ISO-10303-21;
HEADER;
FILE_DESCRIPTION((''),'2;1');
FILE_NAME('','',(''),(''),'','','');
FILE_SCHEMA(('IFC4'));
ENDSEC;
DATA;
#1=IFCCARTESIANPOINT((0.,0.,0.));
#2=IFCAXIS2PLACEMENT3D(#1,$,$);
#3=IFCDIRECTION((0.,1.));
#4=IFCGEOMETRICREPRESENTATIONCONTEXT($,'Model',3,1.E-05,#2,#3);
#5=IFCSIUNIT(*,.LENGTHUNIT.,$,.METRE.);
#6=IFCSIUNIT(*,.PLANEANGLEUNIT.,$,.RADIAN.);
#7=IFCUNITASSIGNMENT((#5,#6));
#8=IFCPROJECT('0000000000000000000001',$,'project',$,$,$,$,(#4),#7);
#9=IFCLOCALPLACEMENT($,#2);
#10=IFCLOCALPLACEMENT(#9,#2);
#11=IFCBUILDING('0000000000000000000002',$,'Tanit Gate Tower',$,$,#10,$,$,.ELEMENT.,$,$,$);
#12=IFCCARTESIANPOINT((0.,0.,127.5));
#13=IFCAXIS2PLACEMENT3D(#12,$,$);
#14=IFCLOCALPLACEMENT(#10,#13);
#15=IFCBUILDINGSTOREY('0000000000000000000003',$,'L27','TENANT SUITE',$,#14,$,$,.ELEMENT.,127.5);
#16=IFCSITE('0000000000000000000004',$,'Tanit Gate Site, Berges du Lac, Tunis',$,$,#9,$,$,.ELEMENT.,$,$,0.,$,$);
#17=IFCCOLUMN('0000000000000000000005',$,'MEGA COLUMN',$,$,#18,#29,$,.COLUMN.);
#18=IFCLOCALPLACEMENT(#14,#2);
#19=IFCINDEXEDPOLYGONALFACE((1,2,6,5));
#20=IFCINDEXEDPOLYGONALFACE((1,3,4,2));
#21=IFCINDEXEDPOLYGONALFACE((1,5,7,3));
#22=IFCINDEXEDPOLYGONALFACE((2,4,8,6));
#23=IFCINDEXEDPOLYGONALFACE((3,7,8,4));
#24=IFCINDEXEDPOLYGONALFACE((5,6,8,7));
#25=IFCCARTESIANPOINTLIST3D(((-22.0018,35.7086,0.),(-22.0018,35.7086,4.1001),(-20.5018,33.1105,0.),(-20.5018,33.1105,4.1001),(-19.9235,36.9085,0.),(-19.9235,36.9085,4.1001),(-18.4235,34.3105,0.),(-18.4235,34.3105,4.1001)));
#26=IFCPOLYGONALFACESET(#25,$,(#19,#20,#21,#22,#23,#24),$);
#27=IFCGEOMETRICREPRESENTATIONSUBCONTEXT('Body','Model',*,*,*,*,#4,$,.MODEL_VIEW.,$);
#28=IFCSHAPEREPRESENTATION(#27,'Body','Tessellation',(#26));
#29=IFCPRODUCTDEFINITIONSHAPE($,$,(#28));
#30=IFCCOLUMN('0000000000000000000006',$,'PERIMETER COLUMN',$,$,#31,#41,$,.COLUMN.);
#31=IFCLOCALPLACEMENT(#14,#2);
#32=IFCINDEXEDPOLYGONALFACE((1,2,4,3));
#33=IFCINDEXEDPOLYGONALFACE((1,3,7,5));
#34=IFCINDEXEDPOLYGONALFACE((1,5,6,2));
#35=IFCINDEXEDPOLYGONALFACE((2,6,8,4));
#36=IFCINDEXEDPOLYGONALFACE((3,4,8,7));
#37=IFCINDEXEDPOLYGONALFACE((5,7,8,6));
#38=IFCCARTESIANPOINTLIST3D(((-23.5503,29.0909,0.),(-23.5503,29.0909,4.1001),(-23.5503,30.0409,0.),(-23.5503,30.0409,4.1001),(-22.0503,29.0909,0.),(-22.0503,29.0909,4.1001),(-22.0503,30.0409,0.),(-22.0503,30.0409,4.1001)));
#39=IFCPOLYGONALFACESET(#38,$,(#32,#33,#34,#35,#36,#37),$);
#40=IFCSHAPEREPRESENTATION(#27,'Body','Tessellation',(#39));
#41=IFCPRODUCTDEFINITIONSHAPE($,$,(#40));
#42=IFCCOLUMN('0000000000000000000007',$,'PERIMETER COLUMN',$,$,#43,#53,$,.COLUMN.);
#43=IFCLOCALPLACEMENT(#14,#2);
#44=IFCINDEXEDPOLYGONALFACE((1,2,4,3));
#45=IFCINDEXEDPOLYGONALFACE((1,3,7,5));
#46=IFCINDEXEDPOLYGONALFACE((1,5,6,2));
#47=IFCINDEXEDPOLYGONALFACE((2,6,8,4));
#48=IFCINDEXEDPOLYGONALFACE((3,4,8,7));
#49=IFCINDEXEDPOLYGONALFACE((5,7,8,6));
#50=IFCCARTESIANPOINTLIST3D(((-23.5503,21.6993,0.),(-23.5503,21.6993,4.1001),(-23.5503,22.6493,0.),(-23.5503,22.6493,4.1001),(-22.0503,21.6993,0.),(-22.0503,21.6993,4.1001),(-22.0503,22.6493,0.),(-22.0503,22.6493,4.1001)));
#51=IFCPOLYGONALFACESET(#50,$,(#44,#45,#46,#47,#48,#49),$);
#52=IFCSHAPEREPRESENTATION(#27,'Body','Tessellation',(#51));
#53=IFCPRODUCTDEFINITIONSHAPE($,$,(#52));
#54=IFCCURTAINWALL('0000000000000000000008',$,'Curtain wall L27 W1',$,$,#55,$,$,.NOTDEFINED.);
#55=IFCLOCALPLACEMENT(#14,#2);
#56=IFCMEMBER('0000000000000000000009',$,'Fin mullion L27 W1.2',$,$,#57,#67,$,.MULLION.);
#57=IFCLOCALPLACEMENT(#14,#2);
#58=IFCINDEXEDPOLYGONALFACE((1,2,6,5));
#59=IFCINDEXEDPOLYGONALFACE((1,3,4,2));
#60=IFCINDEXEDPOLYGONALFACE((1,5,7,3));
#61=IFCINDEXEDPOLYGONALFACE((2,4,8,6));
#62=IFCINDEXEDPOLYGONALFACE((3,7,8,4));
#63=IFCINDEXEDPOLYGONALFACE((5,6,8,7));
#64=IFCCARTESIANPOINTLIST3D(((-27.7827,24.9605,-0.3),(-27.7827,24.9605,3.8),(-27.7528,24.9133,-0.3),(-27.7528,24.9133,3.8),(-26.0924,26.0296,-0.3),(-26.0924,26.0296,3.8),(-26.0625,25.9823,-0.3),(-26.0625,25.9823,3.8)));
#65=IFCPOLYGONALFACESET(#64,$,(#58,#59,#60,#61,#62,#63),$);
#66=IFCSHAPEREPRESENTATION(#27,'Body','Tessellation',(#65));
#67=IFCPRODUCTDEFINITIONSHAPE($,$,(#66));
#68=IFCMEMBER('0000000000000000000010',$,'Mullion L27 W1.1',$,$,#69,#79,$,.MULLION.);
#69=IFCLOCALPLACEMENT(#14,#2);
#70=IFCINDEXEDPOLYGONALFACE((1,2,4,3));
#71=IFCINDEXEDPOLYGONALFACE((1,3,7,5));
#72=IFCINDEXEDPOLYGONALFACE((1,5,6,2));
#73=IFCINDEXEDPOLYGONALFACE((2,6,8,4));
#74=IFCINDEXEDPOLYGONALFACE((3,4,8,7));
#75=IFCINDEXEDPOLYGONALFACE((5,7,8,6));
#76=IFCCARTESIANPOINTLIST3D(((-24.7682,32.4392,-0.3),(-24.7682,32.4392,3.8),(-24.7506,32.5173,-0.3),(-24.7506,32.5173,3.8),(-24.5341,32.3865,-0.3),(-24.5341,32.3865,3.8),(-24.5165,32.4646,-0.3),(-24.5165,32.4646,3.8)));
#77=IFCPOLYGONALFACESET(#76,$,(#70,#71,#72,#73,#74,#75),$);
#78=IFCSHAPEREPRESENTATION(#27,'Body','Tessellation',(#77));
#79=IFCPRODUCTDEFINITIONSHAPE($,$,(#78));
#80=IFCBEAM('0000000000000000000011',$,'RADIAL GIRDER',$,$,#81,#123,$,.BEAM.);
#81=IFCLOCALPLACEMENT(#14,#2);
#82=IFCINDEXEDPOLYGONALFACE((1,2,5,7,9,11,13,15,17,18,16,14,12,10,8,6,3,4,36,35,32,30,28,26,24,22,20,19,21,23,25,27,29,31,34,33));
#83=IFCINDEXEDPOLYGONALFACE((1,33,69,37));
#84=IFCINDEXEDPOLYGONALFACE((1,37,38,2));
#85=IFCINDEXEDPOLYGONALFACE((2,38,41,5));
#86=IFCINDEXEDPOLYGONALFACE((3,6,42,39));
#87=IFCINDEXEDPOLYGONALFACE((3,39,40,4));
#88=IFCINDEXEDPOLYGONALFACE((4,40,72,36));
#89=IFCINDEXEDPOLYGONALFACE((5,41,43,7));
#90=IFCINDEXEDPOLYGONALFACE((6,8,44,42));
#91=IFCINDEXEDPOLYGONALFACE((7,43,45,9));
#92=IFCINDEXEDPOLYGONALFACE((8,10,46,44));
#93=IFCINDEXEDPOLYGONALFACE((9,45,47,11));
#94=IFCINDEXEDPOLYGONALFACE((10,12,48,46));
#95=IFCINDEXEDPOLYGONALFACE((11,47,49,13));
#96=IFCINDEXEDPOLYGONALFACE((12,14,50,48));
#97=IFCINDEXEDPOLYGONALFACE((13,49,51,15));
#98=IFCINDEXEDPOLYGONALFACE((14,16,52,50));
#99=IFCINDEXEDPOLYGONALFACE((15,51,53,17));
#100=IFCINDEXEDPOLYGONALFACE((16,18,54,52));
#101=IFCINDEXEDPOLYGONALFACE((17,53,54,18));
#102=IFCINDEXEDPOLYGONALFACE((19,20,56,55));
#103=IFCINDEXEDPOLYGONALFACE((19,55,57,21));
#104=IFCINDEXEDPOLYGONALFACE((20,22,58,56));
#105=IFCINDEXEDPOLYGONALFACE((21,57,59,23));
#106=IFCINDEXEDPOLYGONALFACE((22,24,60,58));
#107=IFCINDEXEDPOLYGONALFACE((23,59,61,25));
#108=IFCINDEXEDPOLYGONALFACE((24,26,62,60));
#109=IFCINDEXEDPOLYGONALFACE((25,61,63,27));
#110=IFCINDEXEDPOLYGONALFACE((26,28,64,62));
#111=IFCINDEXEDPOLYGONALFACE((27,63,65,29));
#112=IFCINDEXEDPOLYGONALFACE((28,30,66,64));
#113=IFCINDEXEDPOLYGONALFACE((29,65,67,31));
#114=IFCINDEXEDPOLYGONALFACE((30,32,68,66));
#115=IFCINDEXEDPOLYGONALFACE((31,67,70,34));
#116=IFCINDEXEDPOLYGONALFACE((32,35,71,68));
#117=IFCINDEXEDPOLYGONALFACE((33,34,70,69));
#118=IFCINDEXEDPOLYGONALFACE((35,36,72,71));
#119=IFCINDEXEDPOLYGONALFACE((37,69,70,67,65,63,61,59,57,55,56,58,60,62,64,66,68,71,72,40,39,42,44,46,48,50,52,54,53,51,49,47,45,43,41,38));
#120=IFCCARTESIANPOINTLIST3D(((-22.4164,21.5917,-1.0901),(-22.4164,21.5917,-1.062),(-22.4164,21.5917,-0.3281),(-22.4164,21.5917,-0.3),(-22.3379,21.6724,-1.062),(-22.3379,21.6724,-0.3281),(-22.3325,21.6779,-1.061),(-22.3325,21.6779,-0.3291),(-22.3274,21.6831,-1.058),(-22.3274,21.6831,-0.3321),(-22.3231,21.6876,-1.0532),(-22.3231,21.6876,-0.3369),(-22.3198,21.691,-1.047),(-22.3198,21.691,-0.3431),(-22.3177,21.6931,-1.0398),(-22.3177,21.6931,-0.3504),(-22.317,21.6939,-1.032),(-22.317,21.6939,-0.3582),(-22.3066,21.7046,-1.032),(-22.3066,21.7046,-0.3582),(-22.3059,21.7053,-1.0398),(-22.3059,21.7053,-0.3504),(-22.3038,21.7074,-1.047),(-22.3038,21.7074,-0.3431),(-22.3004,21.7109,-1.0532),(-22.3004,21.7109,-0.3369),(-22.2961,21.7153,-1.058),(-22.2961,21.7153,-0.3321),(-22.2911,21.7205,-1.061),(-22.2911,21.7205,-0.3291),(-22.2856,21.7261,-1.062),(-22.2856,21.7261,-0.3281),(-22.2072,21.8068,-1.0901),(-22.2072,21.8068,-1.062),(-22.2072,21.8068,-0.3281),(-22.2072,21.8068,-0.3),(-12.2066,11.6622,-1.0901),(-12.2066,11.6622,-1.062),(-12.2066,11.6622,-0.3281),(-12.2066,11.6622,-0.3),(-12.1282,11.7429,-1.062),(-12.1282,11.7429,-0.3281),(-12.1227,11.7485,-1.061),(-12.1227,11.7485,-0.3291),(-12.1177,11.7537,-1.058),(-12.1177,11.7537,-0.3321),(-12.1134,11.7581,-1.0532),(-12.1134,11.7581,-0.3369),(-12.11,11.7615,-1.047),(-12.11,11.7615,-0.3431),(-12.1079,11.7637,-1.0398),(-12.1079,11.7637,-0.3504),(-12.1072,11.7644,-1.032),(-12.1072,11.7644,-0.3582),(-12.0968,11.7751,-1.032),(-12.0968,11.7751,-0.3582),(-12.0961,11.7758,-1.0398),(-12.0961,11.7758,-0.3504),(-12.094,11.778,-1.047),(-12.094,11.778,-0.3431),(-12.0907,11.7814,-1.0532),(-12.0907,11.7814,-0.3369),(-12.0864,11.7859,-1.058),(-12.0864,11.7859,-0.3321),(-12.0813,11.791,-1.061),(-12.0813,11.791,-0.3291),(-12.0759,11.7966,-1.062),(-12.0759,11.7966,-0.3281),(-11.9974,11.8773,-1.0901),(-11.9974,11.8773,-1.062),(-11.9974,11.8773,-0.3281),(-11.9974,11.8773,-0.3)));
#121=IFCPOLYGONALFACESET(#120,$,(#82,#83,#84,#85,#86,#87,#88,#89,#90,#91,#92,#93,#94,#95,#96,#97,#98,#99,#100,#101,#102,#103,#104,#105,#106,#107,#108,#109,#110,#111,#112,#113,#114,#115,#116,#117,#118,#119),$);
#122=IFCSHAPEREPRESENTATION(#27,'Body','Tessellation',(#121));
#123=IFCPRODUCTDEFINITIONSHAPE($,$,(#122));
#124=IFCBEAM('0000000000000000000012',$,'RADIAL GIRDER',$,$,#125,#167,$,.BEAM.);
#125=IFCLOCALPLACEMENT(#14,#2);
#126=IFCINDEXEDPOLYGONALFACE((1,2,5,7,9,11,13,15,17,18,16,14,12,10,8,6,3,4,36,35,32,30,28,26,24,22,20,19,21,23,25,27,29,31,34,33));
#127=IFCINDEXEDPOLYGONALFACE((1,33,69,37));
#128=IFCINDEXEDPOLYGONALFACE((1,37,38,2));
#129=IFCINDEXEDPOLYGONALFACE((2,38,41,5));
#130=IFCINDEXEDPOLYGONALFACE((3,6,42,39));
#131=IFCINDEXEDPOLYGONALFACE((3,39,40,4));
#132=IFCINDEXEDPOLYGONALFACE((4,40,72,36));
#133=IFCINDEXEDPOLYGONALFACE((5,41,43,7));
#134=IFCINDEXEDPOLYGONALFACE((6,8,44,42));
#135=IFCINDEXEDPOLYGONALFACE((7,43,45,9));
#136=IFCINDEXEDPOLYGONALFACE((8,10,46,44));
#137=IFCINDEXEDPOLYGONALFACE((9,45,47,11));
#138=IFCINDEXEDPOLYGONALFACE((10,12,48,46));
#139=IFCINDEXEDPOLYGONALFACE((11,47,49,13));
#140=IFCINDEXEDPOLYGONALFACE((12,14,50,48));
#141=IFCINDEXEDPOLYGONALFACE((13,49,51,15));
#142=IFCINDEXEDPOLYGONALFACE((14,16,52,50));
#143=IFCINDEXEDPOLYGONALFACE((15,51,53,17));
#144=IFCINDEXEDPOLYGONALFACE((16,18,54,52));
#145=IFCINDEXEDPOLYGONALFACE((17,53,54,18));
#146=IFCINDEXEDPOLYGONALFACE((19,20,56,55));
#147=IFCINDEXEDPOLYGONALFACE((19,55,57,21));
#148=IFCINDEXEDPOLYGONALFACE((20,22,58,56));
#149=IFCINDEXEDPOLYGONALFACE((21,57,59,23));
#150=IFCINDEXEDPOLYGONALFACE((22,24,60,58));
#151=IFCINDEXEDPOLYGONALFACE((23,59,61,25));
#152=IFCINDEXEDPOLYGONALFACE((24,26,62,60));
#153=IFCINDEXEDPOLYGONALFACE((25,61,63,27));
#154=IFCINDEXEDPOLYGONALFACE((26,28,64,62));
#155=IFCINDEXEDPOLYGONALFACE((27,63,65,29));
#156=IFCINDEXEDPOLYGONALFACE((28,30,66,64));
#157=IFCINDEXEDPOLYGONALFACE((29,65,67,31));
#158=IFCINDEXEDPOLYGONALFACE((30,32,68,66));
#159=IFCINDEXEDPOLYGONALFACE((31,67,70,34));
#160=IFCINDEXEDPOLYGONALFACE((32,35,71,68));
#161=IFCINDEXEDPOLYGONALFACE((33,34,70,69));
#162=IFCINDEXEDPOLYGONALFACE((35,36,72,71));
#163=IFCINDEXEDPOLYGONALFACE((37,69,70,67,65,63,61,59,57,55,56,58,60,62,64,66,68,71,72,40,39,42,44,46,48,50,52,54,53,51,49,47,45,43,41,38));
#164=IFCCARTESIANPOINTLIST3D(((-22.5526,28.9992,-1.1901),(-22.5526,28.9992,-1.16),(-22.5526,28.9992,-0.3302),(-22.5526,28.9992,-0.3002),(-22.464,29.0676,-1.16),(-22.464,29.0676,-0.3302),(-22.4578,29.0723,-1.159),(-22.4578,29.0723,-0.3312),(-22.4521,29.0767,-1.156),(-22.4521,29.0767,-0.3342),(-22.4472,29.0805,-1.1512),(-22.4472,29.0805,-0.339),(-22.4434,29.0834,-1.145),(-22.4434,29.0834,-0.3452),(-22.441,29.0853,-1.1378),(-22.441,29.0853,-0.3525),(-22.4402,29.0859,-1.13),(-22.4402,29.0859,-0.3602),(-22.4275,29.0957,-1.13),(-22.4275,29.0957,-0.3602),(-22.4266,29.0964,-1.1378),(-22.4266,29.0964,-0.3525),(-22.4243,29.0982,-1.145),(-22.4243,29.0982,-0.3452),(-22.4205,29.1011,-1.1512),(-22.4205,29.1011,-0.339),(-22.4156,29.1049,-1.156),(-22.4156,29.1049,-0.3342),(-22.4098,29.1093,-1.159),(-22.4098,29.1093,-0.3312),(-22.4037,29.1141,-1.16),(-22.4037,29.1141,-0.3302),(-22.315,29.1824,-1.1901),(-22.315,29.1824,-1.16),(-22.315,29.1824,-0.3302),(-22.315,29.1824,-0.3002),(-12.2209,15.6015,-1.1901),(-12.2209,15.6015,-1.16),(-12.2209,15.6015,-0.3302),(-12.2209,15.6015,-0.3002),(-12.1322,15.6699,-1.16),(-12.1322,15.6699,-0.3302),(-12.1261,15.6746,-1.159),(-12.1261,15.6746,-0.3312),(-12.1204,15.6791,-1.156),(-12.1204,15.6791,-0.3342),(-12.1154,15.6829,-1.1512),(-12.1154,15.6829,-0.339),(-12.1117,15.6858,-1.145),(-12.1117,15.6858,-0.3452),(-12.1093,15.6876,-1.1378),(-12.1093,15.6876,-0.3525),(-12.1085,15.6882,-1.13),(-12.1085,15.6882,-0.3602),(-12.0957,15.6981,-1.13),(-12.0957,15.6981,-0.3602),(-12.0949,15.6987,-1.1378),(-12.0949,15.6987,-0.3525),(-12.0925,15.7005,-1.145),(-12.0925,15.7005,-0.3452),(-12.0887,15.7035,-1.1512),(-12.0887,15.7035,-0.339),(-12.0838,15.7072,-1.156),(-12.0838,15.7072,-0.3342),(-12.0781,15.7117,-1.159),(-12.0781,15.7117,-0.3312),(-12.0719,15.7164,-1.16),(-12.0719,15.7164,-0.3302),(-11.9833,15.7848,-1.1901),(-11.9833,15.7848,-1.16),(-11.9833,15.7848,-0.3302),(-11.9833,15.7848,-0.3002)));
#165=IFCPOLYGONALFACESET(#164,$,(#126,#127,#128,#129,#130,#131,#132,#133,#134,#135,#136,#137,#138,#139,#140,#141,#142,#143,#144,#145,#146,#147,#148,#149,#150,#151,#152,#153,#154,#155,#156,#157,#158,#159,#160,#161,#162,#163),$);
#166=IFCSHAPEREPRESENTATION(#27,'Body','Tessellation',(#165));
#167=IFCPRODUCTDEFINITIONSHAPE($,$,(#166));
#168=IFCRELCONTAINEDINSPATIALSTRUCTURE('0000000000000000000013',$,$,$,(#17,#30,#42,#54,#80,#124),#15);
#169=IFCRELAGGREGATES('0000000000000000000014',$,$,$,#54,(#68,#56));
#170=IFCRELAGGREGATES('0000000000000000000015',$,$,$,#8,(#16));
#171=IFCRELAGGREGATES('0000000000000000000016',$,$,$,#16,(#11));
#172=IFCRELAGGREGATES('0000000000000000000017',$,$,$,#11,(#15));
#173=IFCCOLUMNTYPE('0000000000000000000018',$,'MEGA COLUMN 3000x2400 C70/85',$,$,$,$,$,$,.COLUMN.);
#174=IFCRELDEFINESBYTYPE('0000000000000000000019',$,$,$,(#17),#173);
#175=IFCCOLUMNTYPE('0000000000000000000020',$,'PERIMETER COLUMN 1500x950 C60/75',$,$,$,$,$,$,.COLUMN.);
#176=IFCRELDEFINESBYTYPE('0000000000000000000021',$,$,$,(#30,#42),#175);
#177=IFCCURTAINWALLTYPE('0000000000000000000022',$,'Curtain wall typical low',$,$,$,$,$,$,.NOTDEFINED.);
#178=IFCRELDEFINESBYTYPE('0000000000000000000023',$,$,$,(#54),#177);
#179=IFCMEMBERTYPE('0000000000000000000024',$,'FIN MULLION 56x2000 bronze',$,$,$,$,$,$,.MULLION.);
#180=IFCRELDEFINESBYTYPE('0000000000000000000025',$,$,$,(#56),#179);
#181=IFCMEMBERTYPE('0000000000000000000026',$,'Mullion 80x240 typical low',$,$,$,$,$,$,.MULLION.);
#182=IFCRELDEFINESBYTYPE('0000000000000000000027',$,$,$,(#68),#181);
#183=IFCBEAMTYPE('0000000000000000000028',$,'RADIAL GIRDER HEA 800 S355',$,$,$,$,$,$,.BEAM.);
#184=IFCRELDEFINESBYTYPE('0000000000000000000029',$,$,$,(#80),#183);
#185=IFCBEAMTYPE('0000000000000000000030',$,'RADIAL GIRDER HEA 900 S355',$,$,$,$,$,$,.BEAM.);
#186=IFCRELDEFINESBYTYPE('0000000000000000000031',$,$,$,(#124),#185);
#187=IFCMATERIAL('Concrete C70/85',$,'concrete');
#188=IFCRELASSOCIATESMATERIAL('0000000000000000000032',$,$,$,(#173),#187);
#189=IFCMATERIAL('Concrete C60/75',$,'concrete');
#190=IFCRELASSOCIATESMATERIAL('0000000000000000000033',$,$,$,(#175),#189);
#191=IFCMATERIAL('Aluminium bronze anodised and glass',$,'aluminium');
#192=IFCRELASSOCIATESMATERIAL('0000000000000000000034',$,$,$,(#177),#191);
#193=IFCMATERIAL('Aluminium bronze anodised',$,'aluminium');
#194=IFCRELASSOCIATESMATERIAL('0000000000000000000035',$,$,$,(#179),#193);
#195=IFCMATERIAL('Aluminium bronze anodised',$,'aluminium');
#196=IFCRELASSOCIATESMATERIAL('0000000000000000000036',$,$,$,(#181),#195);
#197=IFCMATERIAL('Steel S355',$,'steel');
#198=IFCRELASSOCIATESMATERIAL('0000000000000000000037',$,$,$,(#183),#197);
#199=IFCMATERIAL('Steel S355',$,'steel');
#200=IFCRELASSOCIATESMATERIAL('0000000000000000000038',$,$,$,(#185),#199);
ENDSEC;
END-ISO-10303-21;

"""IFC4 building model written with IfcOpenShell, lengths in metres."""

from ifc_helpers import new_model, si_unit, direction, frame, origin, origin_2d, place, context, subcontext, project, spatial, rectangle, i_section, extrude, material, material_profile, profile_set, type_object, element, aggregate, save


model = new_model("IFC4")

# Units and contexts
model_context = context("Model", 3, precision=1e-05, world=origin(), true_north=direction((0.0, 1.0)))
body_context = subcontext(model_context, "Body", "Model", "MODEL_VIEW")
ifc_project = project(units=[si_unit("LENGTHUNIT", "METRE"), si_unit("PLANEANGLEUNIT", "RADIAN")], contexts=[model_context])

# Site, building, storey
site_placement = place(None, origin())
site = spatial("IfcSite", under=ifc_project, at=site_placement, Name="Tanit Gate Site, Berges du Lac, Tunis", CompositionType="ELEMENT", RefElevation=0.0)
building_placement = place(site_placement, origin())
building = spatial("IfcBuilding", under=site, at=building_placement, Name="Tanit Gate Tower", CompositionType="ELEMENT")
storey_placement = place(building_placement, frame((0.0, 0.0, 127.5)))
storey = spatial("IfcBuildingStorey", under=building, at=storey_placement, Name="L27", Description="TENANT SUITE", CompositionType="ELEMENT", Elevation=127.5)

# Columns
ifc_material_1 = material(Name="Concrete C70/85", Category="concrete")
ifc_material_profile_1 = material_profile(ifc_material_1, rectangle(XDim=3.0, YDim=2.3999, at=origin_2d()), Name="RC 3000x2400")
ifc_profile_set_1 = profile_set([ifc_material_profile_1], Name="Concrete C70/85")
column_type_1 = type_object("IfcColumnType", Name="MEGA COLUMN 3000x2400 C70/85", PredefinedType="COLUMN", material=ifc_profile_set_1)
column_placement = place(storey_placement, frame((-20.2126, 35.0095, 0.0), z_axis=(0.0, 0.0, 1.0), x_axis=(-0.5, 0.866025, 0.0)))
element("IfcColumn", 1, at=column_placement, inside=storey, type_object=column_type_1, Name="MEGA COLUMN", PredefinedType="COLUMN", context=body_context, shape_type="SweptSolid", body=[
    extrude(rectangle(XDim=3.0, YDim=2.3999, at=origin_2d()), origin(), (0.0, 0.0, 1.0), 4.1001),
])
ifc_material_2 = material(Name="Concrete C60/75", Category="concrete")
ifc_material_profile_2 = material_profile(ifc_material_2, rectangle(XDim=1.5, YDim=0.95, at=origin_2d()), Name="RC 1500x950")
ifc_profile_set_2 = profile_set([ifc_material_profile_2], Name="Concrete C60/75")
column_type_2 = type_object("IfcColumnType", Name="PERIMETER COLUMN 1500x950 C60/75", PredefinedType="COLUMN", material=ifc_profile_set_2)
for number, where, z_axis, x_axis, name in (
    (2, (-22.8003, 29.5659, 0.0), (0.0, 0.0, 1.0), (-1.0, 0.0, 0.0), "PERIMETER COLUMN"),
    (3, (-22.8003, 22.1743, 0.0), (0.0, 0.0, 1.0), (-1.0, 0.0, 0.0), "PERIMETER COLUMN"),
):
    element("IfcColumn", number, at=place(storey_placement, frame(where, z_axis=z_axis, x_axis=x_axis)), inside=storey, type_object=column_type_2, Name=name, PredefinedType="COLUMN", context=body_context, shape_type="SweptSolid", body=[
        extrude(rectangle(XDim=1.5, YDim=0.95, at=origin_2d()), origin(), (0.0, 0.0, 1.0), 4.1001),
    ])

# Curtain wall, members
ifc_material_3 = material(Name="Aluminium bronze anodised and glass", Category="aluminium")
curtain_wall_type = type_object("IfcCurtainWallType", Name="Curtain wall typical low", PredefinedType="NOTDEFINED", material=ifc_material_3)
curtain_wall_placement = place(storey_placement, origin())
curtain_wall = element("IfcCurtainWall", 4, at=curtain_wall_placement, inside=storey, type_object=curtain_wall_type, Name="Curtain wall L27 W1", PredefinedType="NOTDEFINED")
ifc_material_4 = material(Name="Aluminium bronze anodised", Category="aluminium")
ifc_material_profile_3 = material_profile(ifc_material_4, rectangle(XDim=2.0, YDim=0.0559, at=origin_2d()), Name="56x2000 bronze fin mullion")
ifc_profile_set_3 = profile_set([ifc_material_profile_3], Name="Aluminium bronze anodised")
member_type_1 = type_object("IfcMemberType", Name="FIN MULLION 56x2000 bronze", PredefinedType="MULLION", material=ifc_profile_set_3)
member_1_placement = place(storey_placement, frame((-26.9226, 25.4714, -0.3), z_axis=(0.0, 0.0, 1.0), x_axis=(0.845158, 0.534516, 0.0)))
member_1 = element("IfcMember", 5, at=member_1_placement, type_object=member_type_1, Name="Fin mullion L27 W1.2", PredefinedType="MULLION", context=body_context, shape_type="SweptSolid", body=[
    extrude(rectangle(XDim=2.0, YDim=0.0559, at=origin_2d()), origin(), (0.0, 0.0, 1.0), 4.1001),
])
ifc_material_5 = material(Name="Aluminium bronze anodised", Category="aluminium")
ifc_material_profile_4 = material_profile(ifc_material_5, rectangle(XDim=0.24, YDim=0.0801, at=origin_2d()), Name="80x240 bronze mullion")
ifc_profile_set_4 = profile_set([ifc_material_profile_4], Name="Aluminium bronze anodised")
member_type_2 = type_object("IfcMemberType", Name="Mullion 80x240 typical low", PredefinedType="MULLION", material=ifc_profile_set_4)
member_2_placement = place(storey_placement, frame((-24.6423, 32.4519, -0.3), z_axis=(0.0, 0.0, 1.0), x_axis=(0.975577, -0.219657, 0.0)))
member_2 = element("IfcMember", 6, at=member_2_placement, type_object=member_type_2, Name="Mullion L27 W1.1", PredefinedType="MULLION", context=body_context, shape_type="SweptSolid", body=[
    extrude(rectangle(XDim=0.24, YDim=0.0801, at=origin_2d()), origin(), (0.0, 0.0, 1.0), 4.1001),
])

# Beams
ifc_material_6 = material(Name="Steel S355", Category="steel")
ifc_material_profile_5 = material_profile(ifc_material_6, i_section(OverallWidth=0.3, OverallDepth=0.79, WebThickness=0.0149, FlangeThickness=0.0281, FilletRadius=0.03, at=origin_2d()), Name="HEA 800")
ifc_profile_set_5 = profile_set([ifc_material_profile_5], Name="Steel S355")
beam_type_1 = type_object("IfcBeamType", Name="RADIAL GIRDER HEA 800 S355", PredefinedType="BEAM", material=ifc_profile_set_5)
beam_1_placement = place(storey_placement, frame((-22.3118, 21.6992, -0.6951), z_axis=(0.716878, -0.697199, 0.0), x_axis=(0.697199, 0.716878, 0.0)))
element("IfcBeam", 7, at=beam_1_placement, inside=storey, type_object=beam_type_1, Name="RADIAL GIRDER", PredefinedType="BEAM", context=body_context, shape_type="SweptSolid", body=[
    extrude(i_section(OverallWidth=0.3, OverallDepth=0.79, WebThickness=0.0149, FlangeThickness=0.0281, FilletRadius=0.03, at=origin_2d()), origin(), (0.0, 0.0, 1.0), 14.2419),
])
ifc_material_7 = material(Name="Steel S355", Category="steel")
ifc_material_profile_6 = material_profile(ifc_material_7, i_section(OverallWidth=0.3, OverallDepth=0.8899, WebThickness=0.0161, FlangeThickness=0.03, FilletRadius=0.03, at=origin_2d()), Name="HEA 900")
ifc_profile_set_6 = profile_set([ifc_material_profile_6], Name="Steel S355")
beam_type_2 = type_object("IfcBeamType", Name="RADIAL GIRDER HEA 900 S355", PredefinedType="BEAM", material=ifc_profile_set_6)
beam_2_placement = place(storey_placement, frame((-22.4338, 29.0908, -0.7451), z_axis=(0.610671, -0.791885, 0.0), x_axis=(0.791885, 0.610671, 0.0)))
element("IfcBeam", 8, at=beam_2_placement, inside=storey, type_object=beam_type_2, Name="RADIAL GIRDER", PredefinedType="BEAM", context=body_context, shape_type="SweptSolid", body=[
    extrude(i_section(OverallWidth=0.3, OverallDepth=0.8899, WebThickness=0.0161, FlangeThickness=0.03, FilletRadius=0.03, at=origin_2d()), origin(), (0.0, 0.0, 1.0), 16.9187),
])

aggregate(curtain_wall, [member_2, member_1])

save(model, "model.ifc")
